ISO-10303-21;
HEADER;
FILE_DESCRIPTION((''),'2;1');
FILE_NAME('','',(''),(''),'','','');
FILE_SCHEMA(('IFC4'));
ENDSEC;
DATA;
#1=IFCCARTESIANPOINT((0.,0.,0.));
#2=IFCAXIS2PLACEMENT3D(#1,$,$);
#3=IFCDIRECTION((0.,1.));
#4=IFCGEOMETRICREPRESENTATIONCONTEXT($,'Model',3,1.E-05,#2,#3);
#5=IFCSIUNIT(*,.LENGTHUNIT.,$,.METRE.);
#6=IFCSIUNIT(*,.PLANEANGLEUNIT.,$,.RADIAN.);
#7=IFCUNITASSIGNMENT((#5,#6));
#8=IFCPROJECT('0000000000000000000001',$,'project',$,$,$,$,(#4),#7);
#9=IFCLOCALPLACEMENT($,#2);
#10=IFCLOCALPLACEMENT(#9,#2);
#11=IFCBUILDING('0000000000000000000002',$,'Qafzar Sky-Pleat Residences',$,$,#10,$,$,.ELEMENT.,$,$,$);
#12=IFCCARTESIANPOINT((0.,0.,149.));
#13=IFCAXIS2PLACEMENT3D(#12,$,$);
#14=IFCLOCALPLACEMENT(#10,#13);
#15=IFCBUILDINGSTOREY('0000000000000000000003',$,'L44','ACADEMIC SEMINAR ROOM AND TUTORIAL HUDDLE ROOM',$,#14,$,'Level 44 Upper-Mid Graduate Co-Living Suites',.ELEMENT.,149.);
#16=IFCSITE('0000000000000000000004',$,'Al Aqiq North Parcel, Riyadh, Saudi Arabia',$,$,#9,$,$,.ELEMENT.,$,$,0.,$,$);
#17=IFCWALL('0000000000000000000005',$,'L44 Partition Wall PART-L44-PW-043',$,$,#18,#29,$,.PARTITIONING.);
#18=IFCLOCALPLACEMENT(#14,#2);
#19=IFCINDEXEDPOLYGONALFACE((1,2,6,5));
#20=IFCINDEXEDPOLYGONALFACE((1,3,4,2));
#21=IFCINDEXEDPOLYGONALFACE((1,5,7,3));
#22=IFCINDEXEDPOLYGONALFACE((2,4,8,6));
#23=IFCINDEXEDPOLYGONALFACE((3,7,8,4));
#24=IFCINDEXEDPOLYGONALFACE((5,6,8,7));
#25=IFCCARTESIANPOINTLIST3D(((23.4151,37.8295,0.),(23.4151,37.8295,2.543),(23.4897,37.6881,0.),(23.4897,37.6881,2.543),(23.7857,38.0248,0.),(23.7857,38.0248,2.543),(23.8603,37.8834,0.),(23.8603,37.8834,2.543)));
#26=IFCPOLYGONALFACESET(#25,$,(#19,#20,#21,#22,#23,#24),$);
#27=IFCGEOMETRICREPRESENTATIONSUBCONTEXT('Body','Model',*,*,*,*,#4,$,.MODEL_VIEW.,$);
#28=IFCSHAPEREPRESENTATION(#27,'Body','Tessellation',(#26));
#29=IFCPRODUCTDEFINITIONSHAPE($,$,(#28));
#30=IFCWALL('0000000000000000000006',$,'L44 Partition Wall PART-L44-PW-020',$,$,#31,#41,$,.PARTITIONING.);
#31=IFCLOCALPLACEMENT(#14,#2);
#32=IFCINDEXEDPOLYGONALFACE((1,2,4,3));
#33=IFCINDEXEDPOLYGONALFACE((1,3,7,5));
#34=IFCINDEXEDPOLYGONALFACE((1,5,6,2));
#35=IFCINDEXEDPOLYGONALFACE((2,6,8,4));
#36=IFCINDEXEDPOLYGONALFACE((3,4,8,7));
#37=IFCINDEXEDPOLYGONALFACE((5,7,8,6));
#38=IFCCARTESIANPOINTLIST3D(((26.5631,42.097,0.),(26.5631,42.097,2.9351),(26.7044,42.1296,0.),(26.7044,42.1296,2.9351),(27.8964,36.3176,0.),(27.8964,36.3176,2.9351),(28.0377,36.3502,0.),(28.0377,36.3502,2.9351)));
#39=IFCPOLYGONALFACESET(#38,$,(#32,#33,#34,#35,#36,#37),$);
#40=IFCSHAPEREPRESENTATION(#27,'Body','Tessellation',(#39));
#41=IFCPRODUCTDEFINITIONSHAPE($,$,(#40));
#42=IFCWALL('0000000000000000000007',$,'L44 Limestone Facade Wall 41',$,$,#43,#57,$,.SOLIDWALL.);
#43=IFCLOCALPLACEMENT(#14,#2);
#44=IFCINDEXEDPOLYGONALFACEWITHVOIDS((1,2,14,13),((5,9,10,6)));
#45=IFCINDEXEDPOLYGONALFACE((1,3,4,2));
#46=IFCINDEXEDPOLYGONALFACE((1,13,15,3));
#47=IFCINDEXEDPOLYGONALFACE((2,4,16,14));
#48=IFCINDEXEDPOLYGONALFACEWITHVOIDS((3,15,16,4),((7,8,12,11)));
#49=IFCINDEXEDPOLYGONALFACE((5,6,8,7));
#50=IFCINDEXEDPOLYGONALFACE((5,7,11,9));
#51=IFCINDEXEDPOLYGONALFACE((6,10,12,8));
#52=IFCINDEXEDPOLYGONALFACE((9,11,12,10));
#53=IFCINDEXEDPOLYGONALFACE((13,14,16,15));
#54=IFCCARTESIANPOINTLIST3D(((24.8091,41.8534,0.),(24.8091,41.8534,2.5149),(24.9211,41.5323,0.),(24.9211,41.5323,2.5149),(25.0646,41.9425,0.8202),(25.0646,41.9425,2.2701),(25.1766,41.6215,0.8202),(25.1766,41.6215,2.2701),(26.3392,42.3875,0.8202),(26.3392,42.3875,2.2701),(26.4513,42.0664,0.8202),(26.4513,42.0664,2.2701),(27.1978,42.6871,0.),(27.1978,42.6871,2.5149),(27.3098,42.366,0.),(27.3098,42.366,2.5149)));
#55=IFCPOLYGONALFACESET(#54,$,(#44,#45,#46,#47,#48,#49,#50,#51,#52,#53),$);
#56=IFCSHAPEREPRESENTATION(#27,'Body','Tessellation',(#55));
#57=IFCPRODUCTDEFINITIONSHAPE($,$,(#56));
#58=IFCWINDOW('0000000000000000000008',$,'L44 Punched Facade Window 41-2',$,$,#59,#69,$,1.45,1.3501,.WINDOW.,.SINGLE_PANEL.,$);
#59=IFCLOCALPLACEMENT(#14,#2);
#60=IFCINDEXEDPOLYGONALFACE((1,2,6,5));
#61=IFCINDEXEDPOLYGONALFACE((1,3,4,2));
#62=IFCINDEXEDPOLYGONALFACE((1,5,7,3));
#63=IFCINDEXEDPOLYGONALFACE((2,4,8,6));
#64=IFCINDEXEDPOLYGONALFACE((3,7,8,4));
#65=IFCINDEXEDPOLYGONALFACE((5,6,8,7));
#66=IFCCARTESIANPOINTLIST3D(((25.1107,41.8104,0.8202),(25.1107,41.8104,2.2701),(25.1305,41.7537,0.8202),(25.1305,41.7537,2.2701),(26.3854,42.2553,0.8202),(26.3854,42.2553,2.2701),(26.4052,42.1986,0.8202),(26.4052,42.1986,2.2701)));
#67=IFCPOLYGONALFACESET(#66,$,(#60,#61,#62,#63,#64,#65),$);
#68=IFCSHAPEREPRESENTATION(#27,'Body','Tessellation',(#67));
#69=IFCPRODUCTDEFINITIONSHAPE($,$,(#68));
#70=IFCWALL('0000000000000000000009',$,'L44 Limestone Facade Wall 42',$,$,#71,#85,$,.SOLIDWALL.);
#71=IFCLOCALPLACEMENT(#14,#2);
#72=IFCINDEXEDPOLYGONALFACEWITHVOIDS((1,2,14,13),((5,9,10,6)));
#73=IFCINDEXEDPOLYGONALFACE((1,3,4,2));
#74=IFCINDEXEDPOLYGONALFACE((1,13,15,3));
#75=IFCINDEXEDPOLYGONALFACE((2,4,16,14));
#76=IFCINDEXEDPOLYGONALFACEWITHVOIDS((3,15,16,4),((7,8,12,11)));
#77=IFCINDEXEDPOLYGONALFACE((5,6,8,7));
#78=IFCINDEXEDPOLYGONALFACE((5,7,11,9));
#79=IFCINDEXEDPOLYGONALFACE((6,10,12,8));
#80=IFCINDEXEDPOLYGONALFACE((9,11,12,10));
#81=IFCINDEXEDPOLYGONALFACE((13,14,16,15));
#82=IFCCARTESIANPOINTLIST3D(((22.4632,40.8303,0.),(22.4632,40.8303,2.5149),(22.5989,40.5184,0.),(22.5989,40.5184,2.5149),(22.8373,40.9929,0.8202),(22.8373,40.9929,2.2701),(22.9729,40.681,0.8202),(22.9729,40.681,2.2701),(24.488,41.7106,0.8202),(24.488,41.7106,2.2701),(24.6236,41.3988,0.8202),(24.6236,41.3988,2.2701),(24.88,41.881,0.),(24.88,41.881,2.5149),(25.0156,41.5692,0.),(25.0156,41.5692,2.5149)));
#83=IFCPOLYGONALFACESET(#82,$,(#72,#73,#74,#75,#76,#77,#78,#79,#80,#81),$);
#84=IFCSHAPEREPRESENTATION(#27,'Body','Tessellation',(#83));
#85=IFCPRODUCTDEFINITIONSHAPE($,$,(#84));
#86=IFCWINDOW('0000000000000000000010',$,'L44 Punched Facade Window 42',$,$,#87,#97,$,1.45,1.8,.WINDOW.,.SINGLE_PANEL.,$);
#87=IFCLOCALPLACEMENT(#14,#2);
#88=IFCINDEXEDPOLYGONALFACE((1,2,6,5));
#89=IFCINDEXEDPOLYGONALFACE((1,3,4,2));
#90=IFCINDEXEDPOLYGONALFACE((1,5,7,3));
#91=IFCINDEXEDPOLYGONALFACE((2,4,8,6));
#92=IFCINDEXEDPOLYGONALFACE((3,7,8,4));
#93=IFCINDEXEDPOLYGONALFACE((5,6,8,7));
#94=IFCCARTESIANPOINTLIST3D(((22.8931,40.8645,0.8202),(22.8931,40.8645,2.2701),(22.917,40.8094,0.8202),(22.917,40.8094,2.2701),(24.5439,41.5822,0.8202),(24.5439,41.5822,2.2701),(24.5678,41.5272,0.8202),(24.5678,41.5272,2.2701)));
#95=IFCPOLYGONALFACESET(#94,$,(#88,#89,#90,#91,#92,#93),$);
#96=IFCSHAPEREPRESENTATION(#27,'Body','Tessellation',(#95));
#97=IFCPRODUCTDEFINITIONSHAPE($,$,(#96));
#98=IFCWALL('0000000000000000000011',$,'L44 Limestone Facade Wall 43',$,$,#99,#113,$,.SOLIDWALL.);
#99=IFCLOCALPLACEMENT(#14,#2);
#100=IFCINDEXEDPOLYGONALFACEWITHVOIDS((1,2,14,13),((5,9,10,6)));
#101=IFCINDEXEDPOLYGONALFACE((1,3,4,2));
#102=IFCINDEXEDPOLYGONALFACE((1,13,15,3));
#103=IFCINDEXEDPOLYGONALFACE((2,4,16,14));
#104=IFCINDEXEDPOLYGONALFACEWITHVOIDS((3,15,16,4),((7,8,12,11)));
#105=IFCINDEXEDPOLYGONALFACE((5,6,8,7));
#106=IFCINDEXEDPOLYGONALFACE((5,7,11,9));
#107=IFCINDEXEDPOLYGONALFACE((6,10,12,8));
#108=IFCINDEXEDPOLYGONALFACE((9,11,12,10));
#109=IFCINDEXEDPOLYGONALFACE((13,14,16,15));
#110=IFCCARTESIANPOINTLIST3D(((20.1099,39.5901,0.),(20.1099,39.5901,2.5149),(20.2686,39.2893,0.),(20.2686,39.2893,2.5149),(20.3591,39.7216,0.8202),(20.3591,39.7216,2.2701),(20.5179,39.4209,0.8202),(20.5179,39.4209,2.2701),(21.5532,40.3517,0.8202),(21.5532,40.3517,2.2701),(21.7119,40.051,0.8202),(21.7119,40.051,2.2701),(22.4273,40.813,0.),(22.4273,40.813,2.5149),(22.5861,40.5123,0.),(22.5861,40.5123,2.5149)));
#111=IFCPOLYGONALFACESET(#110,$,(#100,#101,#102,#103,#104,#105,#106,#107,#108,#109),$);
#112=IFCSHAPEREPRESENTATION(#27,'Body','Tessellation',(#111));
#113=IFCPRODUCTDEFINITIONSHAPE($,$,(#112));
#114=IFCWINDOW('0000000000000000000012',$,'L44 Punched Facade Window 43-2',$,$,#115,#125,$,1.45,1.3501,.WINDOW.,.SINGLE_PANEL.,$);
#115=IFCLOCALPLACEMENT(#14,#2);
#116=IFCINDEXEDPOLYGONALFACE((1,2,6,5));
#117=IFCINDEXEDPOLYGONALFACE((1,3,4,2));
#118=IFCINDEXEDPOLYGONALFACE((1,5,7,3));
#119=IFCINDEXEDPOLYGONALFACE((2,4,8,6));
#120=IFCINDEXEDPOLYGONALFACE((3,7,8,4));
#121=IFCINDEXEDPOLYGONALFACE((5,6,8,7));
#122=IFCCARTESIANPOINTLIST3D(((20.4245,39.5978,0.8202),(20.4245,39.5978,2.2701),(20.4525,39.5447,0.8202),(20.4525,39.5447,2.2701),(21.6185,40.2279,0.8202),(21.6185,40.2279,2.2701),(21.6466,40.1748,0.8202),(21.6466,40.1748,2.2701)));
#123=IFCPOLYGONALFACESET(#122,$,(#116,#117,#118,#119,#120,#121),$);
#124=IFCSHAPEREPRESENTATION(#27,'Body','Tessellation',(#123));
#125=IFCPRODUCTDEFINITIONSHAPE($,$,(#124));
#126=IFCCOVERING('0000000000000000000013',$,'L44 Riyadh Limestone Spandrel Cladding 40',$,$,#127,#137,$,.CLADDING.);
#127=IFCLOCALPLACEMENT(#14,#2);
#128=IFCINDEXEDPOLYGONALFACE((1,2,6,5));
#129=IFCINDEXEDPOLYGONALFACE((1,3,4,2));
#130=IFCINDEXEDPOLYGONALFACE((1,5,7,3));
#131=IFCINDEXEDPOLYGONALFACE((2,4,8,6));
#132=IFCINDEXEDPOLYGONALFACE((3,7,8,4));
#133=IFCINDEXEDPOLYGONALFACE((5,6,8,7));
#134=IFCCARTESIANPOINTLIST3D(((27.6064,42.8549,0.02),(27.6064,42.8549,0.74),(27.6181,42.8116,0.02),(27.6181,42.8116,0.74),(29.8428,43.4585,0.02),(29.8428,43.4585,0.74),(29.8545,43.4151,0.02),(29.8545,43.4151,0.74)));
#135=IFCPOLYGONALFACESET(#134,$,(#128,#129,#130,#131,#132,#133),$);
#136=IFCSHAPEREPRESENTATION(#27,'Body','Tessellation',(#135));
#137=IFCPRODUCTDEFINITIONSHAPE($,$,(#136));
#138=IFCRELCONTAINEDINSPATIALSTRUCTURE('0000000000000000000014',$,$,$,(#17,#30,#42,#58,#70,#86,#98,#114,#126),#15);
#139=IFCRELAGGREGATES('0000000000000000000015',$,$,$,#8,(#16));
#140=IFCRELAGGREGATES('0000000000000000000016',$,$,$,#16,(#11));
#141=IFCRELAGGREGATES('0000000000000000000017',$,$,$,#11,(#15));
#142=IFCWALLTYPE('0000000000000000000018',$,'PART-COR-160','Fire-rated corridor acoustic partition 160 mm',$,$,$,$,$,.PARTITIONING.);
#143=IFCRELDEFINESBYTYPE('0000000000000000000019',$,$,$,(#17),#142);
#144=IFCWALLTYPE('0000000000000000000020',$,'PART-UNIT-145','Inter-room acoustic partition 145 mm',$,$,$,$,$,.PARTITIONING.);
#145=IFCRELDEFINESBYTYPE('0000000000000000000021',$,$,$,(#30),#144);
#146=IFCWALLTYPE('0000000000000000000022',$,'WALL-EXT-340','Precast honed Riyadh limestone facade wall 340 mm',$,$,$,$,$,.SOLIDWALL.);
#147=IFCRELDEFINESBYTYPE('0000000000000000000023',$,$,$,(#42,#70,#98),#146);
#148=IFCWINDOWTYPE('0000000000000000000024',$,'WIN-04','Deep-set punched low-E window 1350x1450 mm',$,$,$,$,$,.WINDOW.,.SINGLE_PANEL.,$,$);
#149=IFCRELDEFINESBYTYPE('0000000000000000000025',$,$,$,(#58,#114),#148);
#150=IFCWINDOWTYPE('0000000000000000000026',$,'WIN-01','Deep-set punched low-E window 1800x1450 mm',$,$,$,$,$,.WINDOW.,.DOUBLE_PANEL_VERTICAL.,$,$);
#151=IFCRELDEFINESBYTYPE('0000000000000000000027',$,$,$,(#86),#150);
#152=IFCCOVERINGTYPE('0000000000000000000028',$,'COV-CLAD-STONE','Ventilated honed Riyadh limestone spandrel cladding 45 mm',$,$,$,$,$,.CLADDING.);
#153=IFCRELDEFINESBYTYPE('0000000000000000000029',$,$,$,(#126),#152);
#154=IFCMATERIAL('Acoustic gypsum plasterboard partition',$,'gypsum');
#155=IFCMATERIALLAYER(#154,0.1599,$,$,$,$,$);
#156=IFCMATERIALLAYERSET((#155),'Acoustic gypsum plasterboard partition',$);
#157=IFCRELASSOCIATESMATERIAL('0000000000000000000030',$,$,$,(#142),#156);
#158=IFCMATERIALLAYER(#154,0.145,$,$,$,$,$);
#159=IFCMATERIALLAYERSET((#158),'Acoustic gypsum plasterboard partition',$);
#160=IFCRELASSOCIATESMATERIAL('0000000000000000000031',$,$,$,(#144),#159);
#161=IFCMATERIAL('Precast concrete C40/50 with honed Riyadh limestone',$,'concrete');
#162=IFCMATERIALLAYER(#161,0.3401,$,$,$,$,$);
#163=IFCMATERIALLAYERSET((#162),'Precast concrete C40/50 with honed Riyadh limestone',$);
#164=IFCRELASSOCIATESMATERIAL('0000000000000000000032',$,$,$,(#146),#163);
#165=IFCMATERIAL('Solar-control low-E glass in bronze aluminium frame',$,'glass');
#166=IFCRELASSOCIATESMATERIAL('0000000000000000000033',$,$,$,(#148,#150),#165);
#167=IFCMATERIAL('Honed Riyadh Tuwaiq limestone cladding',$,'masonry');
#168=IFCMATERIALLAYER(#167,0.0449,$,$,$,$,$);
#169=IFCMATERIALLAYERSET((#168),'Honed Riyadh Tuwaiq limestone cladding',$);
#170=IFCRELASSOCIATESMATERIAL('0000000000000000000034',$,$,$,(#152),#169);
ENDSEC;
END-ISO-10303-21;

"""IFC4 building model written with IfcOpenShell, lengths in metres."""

from ifc_helpers import new_model, si_unit, direction, frame, frame_2d, origin, origin_2d, place, context, subcontext, project, spatial, rectangle, extrude, source, transform, mapped, material, layer, layer_set, type_object, element, fill, save


model = new_model("IFC4")

# Units and contexts
model_context = context("Model", 3, precision=1e-05, world=origin(), true_north=direction((0.0, 1.0)))
body_context = subcontext(model_context, "Body", "Model", "MODEL_VIEW")
ifc_project = project(units=[si_unit("LENGTHUNIT", "METRE"), si_unit("PLANEANGLEUNIT", "RADIAN")], contexts=[model_context])

# Site, building, storey
site_placement = place(None, origin())
site = spatial("IfcSite", under=ifc_project, at=site_placement, Name="Al Aqiq North Parcel, Riyadh, Saudi Arabia", CompositionType="ELEMENT", RefElevation=0.0)
building_placement = place(site_placement, origin())
building = spatial("IfcBuilding", under=site, at=building_placement, Name="Qafzar Sky-Pleat Residences", CompositionType="ELEMENT")
storey_placement = place(building_placement, frame((0.0, 0.0, 149.0)))
storey = spatial("IfcBuildingStorey", under=building, at=storey_placement, Name="L44", Description="ACADEMIC SEMINAR ROOM AND TUTORIAL HUDDLE ROOM", LongName="Level 44 Upper-Mid Graduate Co-Living Suites", CompositionType="ELEMENT", Elevation=149.0)

# Walls
ifc_material_1 = material(Name="Acoustic gypsum plasterboard partition", Category="gypsum")
ifc_layer_1 = layer(ifc_material_1, 0.1599)
ifc_layer_set_1 = layer_set([ifc_layer_1], Name="Acoustic gypsum plasterboard partition")
wall_type_1 = type_object("IfcWallType", Name="PART-COR-160", Description="Fire-rated corridor acoustic partition 160 mm", PredefinedType="PARTITIONING", material=ifc_layer_set_1)
wall_1_placement = place(storey_placement, frame((23.4524, 37.7588, 0.0), z_axis=(0.0, 0.0, 1.0), x_axis=(0.884665, 0.466227, 0.0)))
element("IfcWall", 1, at=wall_1_placement, inside=storey, type_object=wall_type_1, Name="L44 Partition Wall PART-L44-PW-043", PredefinedType="PARTITIONING", context=body_context, shape_type="SweptSolid", body=[
    extrude(rectangle(XDim=0.4189, YDim=0.1599, at=frame_2d((0.2095, 0.0))), origin(), (0.0, 0.0, 1.0), 2.543),
])
ifc_layer_2 = layer(ifc_material_1, 0.145)
ifc_layer_set_2 = layer_set([ifc_layer_2], Name="Acoustic gypsum plasterboard partition")
wall_type_2 = type_object("IfcWallType", Name="PART-UNIT-145", Description="Inter-room acoustic partition 145 mm", PredefinedType="PARTITIONING", material=ifc_layer_set_2)
wall_2_placement = place(storey_placement, frame((26.6338, 42.1133, 0.0), z_axis=(0.0, 0.0, 1.0), x_axis=(0.22479, -0.974407, 0.0)))
element("IfcWall", 2, at=wall_2_placement, inside=storey, type_object=wall_type_2, Name="L44 Partition Wall PART-L44-PW-020", PredefinedType="PARTITIONING", context=body_context, shape_type="SweptSolid", body=[
    extrude(rectangle(XDim=5.9312, YDim=0.145, at=frame_2d((2.9656, 0.0))), origin(), (0.0, 0.0, 1.0), 2.9351),
])

# Walls, openings, windows
ifc_material_2 = material(Name="Precast concrete C40/50 with honed Riyadh limestone", Category="concrete")
ifc_layer_3 = layer(ifc_material_2, 0.3401)
ifc_layer_set_3 = layer_set([ifc_layer_3], Name="Precast concrete C40/50 with honed Riyadh limestone")
wall_type_3 = type_object("IfcWallType", Name="WALL-EXT-340", Description="Precast honed Riyadh limestone facade wall 340 mm", PredefinedType="SOLIDWALL", material=ifc_layer_set_3)
wall_3_placement = place(storey_placement, frame((27.2539, 42.5266, 0.0), z_axis=(0.0, 0.0, 1.0), x_axis=(-0.944141, -0.329542, 0.0)))
wall_3 = element("IfcWall", 3, at=wall_3_placement, inside=storey, type_object=wall_type_3, Name="L44 Limestone Facade Wall 41", PredefinedType="SOLIDWALL", context=body_context, shape_type="SweptSolid", body=[
    extrude(rectangle(XDim=2.53, YDim=0.3401, at=frame_2d((1.2651, 0.0))), origin(), (0.0, 0.0, 1.0), 2.5149),
])
opening_1_placement = place(wall_3_placement, frame((0.9094, 0.0, 0.8201)))
opening_1 = element("IfcOpeningElement", 4, at=opening_1_placement, cuts=wall_3, PredefinedType="OPENING", context=body_context, shape_type="SweptSolid", body=[
    extrude(rectangle(XDim=1.3501, YDim=1.45, at=frame_2d((0.675, 0.7251))), frame((0.0, 0.1802, 0.0), z_axis=(0.0, -1.0, 0.0), x_axis=(1.0, 0.0, 0.0)), (0.0, 0.0, 1.0), 0.3601),
])
ifc_material_3 = material(Name="Solar-control low-E glass in bronze aluminium frame", Category="glass")
window_type_1 = type_object("IfcWindowType", Name="WIN-04", Description="Deep-set punched low-E window 1350x1450 mm", PartitioningType="SINGLE_PANEL", PredefinedType="WINDOW", material=ifc_material_3)
shared_shape_1 = source(origin(), body_context, "Body", "SweptSolid", [
    extrude(rectangle(XDim=1.3501, YDim=1.45, at=frame_2d((0.675, 0.7251))), frame((0.0, 0.03, 0.0), z_axis=(0.0, -1.0, 0.0), x_axis=(1.0, 0.0, 0.0)), (0.0, 0.0, 1.0), 0.0601),
])
window_1_placement = place(opening_1_placement, origin())
window_1 = element("IfcWindow", 5, at=window_1_placement, inside=storey, type_object=window_type_1, Name="L44 Punched Facade Window 41-2", OverallHeight=1.45, OverallWidth=1.3501, PartitioningType="SINGLE_PANEL", PredefinedType="WINDOW", context=body_context, shape_type="MappedRepresentation", body=[
    mapped(shared_shape_1, transform((0.0, 0.0, 0.0), x_axis=(1.0, 0.0, 0.0), y_axis=(0.0, 1.0, 0.0), z_axis=(0.0, 0.0, 1.0), scale=1.0)),
])
fill(opening_1, window_1)
wall_4_placement = place(storey_placement, frame((24.9478, 41.7251, 0.0), z_axis=(0.0, 0.0, 1.0), x_axis=(-0.917067, -0.398733, 0.0)))
wall_4 = element("IfcWall", 6, at=wall_4_placement, inside=storey, type_object=wall_type_3, Name="L44 Limestone Facade Wall 42", PredefinedType="SOLIDWALL", context=body_context, shape_type="SweptSolid", body=[
    extrude(rectangle(XDim=2.6353, YDim=0.3401, at=frame_2d((1.3176, 0.0))), origin(), (0.0, 0.0, 1.0), 2.5149),
])
opening_2_placement = place(wall_4_placement, frame((0.4275, 0.0, 0.8201)))
opening_2 = element("IfcOpeningElement", 7, at=opening_2_placement, cuts=wall_4, PredefinedType="OPENING", context=body_context, shape_type="SweptSolid", body=[
    extrude(rectangle(XDim=1.8, YDim=1.45, at=frame_2d((0.8999, 0.7251))), frame((0.0, 0.1802, 0.0), z_axis=(0.0, -1.0, 0.0), x_axis=(1.0, 0.0, 0.0)), (0.0, 0.0, 1.0), 0.3601),
])
window_type_2 = type_object("IfcWindowType", Name="WIN-01", Description="Deep-set punched low-E window 1800x1450 mm", PartitioningType="DOUBLE_PANEL_VERTICAL", PredefinedType="WINDOW", material=ifc_material_3)
shared_shape_2 = source(origin(), body_context, "Body", "SweptSolid", [
    extrude(rectangle(XDim=1.8, YDim=1.45, at=frame_2d((0.8999, 0.7251))), frame((0.0, 0.03, 0.0), z_axis=(0.0, -1.0, 0.0), x_axis=(1.0, 0.0, 0.0)), (0.0, 0.0, 1.0), 0.0601),
])
window_2_placement = place(opening_2_placement, origin())
window_2 = element("IfcWindow", 8, at=window_2_placement, inside=storey, type_object=window_type_2, Name="L44 Punched Facade Window 42", OverallHeight=1.45, OverallWidth=1.8, PartitioningType="SINGLE_PANEL", PredefinedType="WINDOW", context=body_context, shape_type="MappedRepresentation", body=[
    mapped(shared_shape_2, transform((0.0, 0.0, 0.0), x_axis=(1.0, 0.0, 0.0), y_axis=(0.0, 1.0, 0.0), z_axis=(0.0, 0.0, 1.0), scale=1.0)),
])
fill(opening_2, window_2)
wall_5_placement = place(storey_placement, frame((22.5066, 40.6626, 0.0), z_axis=(0.0, 0.0, 1.0), x_axis=(-0.88441, -0.46671, 0.0)))
wall_5 = element("IfcWall", 9, at=wall_5_placement, inside=storey, type_object=wall_type_3, Name="L44 Limestone Facade Wall 43", PredefinedType="SOLIDWALL", context=body_context, shape_type="SweptSolid", body=[
    extrude(rectangle(XDim=2.6204, YDim=0.3401, at=frame_2d((1.3101, 0.0))), origin(), (0.0, 0.0, 1.0), 2.5149),
])
opening_3_placement = place(wall_5_placement, frame((0.9883, 0.0, 0.8201)))
opening_3 = element("IfcOpeningElement", 10, at=opening_3_placement, cuts=wall_5, PredefinedType="OPENING", context=body_context, shape_type="SweptSolid", body=[
    extrude(rectangle(XDim=1.3501, YDim=1.45, at=frame_2d((0.675, 0.7251))), frame((0.0, 0.1802, 0.0), z_axis=(0.0, -1.0, 0.0), x_axis=(1.0, 0.0, 0.0)), (0.0, 0.0, 1.0), 0.3601),
])
window_3_placement = place(opening_3_placement, origin())
window_3 = element("IfcWindow", 11, at=window_3_placement, inside=storey, type_object=window_type_1, Name="L44 Punched Facade Window 43-2", OverallHeight=1.45, OverallWidth=1.3501, PartitioningType="SINGLE_PANEL", PredefinedType="WINDOW", context=body_context, shape_type="MappedRepresentation", body=[
    mapped(shared_shape_1, transform((0.0, 0.0, 0.0), x_axis=(1.0, 0.0, 0.0), y_axis=(0.0, 1.0, 0.0), z_axis=(0.0, 0.0, 1.0), scale=1.0)),
])
fill(opening_3, window_3)

# Covering
ifc_material_4 = material(Name="Honed Riyadh Tuwaiq limestone cladding", Category="masonry")
ifc_layer_4 = layer(ifc_material_4, 0.0449)
ifc_layer_set_4 = layer_set([ifc_layer_4], Name="Honed Riyadh Tuwaiq limestone cladding")
covering_type = type_object("IfcCoveringType", Name="COV-CLAD-STONE", Description="Ventilated honed Riyadh limestone spandrel cladding 45 mm", PredefinedType="CLADDING", material=ifc_layer_set_4)
shared_shape_3 = source(origin(), body_context, "Body", "SweptSolid", [
    extrude(rectangle(XDim=2.3164, YDim=0.0449, at=origin_2d()), origin(), (0.0, 0.0, 1.0), 0.72),
])
covering_placement = place(storey_placement, frame((28.7305, 43.135, 0.02), z_axis=(0.0, 0.0, 1.0), x_axis=(-0.965461, -0.260549, 0.0)))
element("IfcCovering", 12, at=covering_placement, inside=storey, type_object=covering_type, Name="L44 Riyadh Limestone Spandrel Cladding 40", PredefinedType="CLADDING", context=body_context, shape_type="MappedRepresentation", body=[
    mapped(shared_shape_3, transform((0.0, 0.0, 0.0), x_axis=(1.0, 0.0, 0.0), y_axis=(0.0, 1.0, 0.0), z_axis=(0.0, 0.0, 1.0), scale=1.0)),
])

save(model, "model.ifc")
